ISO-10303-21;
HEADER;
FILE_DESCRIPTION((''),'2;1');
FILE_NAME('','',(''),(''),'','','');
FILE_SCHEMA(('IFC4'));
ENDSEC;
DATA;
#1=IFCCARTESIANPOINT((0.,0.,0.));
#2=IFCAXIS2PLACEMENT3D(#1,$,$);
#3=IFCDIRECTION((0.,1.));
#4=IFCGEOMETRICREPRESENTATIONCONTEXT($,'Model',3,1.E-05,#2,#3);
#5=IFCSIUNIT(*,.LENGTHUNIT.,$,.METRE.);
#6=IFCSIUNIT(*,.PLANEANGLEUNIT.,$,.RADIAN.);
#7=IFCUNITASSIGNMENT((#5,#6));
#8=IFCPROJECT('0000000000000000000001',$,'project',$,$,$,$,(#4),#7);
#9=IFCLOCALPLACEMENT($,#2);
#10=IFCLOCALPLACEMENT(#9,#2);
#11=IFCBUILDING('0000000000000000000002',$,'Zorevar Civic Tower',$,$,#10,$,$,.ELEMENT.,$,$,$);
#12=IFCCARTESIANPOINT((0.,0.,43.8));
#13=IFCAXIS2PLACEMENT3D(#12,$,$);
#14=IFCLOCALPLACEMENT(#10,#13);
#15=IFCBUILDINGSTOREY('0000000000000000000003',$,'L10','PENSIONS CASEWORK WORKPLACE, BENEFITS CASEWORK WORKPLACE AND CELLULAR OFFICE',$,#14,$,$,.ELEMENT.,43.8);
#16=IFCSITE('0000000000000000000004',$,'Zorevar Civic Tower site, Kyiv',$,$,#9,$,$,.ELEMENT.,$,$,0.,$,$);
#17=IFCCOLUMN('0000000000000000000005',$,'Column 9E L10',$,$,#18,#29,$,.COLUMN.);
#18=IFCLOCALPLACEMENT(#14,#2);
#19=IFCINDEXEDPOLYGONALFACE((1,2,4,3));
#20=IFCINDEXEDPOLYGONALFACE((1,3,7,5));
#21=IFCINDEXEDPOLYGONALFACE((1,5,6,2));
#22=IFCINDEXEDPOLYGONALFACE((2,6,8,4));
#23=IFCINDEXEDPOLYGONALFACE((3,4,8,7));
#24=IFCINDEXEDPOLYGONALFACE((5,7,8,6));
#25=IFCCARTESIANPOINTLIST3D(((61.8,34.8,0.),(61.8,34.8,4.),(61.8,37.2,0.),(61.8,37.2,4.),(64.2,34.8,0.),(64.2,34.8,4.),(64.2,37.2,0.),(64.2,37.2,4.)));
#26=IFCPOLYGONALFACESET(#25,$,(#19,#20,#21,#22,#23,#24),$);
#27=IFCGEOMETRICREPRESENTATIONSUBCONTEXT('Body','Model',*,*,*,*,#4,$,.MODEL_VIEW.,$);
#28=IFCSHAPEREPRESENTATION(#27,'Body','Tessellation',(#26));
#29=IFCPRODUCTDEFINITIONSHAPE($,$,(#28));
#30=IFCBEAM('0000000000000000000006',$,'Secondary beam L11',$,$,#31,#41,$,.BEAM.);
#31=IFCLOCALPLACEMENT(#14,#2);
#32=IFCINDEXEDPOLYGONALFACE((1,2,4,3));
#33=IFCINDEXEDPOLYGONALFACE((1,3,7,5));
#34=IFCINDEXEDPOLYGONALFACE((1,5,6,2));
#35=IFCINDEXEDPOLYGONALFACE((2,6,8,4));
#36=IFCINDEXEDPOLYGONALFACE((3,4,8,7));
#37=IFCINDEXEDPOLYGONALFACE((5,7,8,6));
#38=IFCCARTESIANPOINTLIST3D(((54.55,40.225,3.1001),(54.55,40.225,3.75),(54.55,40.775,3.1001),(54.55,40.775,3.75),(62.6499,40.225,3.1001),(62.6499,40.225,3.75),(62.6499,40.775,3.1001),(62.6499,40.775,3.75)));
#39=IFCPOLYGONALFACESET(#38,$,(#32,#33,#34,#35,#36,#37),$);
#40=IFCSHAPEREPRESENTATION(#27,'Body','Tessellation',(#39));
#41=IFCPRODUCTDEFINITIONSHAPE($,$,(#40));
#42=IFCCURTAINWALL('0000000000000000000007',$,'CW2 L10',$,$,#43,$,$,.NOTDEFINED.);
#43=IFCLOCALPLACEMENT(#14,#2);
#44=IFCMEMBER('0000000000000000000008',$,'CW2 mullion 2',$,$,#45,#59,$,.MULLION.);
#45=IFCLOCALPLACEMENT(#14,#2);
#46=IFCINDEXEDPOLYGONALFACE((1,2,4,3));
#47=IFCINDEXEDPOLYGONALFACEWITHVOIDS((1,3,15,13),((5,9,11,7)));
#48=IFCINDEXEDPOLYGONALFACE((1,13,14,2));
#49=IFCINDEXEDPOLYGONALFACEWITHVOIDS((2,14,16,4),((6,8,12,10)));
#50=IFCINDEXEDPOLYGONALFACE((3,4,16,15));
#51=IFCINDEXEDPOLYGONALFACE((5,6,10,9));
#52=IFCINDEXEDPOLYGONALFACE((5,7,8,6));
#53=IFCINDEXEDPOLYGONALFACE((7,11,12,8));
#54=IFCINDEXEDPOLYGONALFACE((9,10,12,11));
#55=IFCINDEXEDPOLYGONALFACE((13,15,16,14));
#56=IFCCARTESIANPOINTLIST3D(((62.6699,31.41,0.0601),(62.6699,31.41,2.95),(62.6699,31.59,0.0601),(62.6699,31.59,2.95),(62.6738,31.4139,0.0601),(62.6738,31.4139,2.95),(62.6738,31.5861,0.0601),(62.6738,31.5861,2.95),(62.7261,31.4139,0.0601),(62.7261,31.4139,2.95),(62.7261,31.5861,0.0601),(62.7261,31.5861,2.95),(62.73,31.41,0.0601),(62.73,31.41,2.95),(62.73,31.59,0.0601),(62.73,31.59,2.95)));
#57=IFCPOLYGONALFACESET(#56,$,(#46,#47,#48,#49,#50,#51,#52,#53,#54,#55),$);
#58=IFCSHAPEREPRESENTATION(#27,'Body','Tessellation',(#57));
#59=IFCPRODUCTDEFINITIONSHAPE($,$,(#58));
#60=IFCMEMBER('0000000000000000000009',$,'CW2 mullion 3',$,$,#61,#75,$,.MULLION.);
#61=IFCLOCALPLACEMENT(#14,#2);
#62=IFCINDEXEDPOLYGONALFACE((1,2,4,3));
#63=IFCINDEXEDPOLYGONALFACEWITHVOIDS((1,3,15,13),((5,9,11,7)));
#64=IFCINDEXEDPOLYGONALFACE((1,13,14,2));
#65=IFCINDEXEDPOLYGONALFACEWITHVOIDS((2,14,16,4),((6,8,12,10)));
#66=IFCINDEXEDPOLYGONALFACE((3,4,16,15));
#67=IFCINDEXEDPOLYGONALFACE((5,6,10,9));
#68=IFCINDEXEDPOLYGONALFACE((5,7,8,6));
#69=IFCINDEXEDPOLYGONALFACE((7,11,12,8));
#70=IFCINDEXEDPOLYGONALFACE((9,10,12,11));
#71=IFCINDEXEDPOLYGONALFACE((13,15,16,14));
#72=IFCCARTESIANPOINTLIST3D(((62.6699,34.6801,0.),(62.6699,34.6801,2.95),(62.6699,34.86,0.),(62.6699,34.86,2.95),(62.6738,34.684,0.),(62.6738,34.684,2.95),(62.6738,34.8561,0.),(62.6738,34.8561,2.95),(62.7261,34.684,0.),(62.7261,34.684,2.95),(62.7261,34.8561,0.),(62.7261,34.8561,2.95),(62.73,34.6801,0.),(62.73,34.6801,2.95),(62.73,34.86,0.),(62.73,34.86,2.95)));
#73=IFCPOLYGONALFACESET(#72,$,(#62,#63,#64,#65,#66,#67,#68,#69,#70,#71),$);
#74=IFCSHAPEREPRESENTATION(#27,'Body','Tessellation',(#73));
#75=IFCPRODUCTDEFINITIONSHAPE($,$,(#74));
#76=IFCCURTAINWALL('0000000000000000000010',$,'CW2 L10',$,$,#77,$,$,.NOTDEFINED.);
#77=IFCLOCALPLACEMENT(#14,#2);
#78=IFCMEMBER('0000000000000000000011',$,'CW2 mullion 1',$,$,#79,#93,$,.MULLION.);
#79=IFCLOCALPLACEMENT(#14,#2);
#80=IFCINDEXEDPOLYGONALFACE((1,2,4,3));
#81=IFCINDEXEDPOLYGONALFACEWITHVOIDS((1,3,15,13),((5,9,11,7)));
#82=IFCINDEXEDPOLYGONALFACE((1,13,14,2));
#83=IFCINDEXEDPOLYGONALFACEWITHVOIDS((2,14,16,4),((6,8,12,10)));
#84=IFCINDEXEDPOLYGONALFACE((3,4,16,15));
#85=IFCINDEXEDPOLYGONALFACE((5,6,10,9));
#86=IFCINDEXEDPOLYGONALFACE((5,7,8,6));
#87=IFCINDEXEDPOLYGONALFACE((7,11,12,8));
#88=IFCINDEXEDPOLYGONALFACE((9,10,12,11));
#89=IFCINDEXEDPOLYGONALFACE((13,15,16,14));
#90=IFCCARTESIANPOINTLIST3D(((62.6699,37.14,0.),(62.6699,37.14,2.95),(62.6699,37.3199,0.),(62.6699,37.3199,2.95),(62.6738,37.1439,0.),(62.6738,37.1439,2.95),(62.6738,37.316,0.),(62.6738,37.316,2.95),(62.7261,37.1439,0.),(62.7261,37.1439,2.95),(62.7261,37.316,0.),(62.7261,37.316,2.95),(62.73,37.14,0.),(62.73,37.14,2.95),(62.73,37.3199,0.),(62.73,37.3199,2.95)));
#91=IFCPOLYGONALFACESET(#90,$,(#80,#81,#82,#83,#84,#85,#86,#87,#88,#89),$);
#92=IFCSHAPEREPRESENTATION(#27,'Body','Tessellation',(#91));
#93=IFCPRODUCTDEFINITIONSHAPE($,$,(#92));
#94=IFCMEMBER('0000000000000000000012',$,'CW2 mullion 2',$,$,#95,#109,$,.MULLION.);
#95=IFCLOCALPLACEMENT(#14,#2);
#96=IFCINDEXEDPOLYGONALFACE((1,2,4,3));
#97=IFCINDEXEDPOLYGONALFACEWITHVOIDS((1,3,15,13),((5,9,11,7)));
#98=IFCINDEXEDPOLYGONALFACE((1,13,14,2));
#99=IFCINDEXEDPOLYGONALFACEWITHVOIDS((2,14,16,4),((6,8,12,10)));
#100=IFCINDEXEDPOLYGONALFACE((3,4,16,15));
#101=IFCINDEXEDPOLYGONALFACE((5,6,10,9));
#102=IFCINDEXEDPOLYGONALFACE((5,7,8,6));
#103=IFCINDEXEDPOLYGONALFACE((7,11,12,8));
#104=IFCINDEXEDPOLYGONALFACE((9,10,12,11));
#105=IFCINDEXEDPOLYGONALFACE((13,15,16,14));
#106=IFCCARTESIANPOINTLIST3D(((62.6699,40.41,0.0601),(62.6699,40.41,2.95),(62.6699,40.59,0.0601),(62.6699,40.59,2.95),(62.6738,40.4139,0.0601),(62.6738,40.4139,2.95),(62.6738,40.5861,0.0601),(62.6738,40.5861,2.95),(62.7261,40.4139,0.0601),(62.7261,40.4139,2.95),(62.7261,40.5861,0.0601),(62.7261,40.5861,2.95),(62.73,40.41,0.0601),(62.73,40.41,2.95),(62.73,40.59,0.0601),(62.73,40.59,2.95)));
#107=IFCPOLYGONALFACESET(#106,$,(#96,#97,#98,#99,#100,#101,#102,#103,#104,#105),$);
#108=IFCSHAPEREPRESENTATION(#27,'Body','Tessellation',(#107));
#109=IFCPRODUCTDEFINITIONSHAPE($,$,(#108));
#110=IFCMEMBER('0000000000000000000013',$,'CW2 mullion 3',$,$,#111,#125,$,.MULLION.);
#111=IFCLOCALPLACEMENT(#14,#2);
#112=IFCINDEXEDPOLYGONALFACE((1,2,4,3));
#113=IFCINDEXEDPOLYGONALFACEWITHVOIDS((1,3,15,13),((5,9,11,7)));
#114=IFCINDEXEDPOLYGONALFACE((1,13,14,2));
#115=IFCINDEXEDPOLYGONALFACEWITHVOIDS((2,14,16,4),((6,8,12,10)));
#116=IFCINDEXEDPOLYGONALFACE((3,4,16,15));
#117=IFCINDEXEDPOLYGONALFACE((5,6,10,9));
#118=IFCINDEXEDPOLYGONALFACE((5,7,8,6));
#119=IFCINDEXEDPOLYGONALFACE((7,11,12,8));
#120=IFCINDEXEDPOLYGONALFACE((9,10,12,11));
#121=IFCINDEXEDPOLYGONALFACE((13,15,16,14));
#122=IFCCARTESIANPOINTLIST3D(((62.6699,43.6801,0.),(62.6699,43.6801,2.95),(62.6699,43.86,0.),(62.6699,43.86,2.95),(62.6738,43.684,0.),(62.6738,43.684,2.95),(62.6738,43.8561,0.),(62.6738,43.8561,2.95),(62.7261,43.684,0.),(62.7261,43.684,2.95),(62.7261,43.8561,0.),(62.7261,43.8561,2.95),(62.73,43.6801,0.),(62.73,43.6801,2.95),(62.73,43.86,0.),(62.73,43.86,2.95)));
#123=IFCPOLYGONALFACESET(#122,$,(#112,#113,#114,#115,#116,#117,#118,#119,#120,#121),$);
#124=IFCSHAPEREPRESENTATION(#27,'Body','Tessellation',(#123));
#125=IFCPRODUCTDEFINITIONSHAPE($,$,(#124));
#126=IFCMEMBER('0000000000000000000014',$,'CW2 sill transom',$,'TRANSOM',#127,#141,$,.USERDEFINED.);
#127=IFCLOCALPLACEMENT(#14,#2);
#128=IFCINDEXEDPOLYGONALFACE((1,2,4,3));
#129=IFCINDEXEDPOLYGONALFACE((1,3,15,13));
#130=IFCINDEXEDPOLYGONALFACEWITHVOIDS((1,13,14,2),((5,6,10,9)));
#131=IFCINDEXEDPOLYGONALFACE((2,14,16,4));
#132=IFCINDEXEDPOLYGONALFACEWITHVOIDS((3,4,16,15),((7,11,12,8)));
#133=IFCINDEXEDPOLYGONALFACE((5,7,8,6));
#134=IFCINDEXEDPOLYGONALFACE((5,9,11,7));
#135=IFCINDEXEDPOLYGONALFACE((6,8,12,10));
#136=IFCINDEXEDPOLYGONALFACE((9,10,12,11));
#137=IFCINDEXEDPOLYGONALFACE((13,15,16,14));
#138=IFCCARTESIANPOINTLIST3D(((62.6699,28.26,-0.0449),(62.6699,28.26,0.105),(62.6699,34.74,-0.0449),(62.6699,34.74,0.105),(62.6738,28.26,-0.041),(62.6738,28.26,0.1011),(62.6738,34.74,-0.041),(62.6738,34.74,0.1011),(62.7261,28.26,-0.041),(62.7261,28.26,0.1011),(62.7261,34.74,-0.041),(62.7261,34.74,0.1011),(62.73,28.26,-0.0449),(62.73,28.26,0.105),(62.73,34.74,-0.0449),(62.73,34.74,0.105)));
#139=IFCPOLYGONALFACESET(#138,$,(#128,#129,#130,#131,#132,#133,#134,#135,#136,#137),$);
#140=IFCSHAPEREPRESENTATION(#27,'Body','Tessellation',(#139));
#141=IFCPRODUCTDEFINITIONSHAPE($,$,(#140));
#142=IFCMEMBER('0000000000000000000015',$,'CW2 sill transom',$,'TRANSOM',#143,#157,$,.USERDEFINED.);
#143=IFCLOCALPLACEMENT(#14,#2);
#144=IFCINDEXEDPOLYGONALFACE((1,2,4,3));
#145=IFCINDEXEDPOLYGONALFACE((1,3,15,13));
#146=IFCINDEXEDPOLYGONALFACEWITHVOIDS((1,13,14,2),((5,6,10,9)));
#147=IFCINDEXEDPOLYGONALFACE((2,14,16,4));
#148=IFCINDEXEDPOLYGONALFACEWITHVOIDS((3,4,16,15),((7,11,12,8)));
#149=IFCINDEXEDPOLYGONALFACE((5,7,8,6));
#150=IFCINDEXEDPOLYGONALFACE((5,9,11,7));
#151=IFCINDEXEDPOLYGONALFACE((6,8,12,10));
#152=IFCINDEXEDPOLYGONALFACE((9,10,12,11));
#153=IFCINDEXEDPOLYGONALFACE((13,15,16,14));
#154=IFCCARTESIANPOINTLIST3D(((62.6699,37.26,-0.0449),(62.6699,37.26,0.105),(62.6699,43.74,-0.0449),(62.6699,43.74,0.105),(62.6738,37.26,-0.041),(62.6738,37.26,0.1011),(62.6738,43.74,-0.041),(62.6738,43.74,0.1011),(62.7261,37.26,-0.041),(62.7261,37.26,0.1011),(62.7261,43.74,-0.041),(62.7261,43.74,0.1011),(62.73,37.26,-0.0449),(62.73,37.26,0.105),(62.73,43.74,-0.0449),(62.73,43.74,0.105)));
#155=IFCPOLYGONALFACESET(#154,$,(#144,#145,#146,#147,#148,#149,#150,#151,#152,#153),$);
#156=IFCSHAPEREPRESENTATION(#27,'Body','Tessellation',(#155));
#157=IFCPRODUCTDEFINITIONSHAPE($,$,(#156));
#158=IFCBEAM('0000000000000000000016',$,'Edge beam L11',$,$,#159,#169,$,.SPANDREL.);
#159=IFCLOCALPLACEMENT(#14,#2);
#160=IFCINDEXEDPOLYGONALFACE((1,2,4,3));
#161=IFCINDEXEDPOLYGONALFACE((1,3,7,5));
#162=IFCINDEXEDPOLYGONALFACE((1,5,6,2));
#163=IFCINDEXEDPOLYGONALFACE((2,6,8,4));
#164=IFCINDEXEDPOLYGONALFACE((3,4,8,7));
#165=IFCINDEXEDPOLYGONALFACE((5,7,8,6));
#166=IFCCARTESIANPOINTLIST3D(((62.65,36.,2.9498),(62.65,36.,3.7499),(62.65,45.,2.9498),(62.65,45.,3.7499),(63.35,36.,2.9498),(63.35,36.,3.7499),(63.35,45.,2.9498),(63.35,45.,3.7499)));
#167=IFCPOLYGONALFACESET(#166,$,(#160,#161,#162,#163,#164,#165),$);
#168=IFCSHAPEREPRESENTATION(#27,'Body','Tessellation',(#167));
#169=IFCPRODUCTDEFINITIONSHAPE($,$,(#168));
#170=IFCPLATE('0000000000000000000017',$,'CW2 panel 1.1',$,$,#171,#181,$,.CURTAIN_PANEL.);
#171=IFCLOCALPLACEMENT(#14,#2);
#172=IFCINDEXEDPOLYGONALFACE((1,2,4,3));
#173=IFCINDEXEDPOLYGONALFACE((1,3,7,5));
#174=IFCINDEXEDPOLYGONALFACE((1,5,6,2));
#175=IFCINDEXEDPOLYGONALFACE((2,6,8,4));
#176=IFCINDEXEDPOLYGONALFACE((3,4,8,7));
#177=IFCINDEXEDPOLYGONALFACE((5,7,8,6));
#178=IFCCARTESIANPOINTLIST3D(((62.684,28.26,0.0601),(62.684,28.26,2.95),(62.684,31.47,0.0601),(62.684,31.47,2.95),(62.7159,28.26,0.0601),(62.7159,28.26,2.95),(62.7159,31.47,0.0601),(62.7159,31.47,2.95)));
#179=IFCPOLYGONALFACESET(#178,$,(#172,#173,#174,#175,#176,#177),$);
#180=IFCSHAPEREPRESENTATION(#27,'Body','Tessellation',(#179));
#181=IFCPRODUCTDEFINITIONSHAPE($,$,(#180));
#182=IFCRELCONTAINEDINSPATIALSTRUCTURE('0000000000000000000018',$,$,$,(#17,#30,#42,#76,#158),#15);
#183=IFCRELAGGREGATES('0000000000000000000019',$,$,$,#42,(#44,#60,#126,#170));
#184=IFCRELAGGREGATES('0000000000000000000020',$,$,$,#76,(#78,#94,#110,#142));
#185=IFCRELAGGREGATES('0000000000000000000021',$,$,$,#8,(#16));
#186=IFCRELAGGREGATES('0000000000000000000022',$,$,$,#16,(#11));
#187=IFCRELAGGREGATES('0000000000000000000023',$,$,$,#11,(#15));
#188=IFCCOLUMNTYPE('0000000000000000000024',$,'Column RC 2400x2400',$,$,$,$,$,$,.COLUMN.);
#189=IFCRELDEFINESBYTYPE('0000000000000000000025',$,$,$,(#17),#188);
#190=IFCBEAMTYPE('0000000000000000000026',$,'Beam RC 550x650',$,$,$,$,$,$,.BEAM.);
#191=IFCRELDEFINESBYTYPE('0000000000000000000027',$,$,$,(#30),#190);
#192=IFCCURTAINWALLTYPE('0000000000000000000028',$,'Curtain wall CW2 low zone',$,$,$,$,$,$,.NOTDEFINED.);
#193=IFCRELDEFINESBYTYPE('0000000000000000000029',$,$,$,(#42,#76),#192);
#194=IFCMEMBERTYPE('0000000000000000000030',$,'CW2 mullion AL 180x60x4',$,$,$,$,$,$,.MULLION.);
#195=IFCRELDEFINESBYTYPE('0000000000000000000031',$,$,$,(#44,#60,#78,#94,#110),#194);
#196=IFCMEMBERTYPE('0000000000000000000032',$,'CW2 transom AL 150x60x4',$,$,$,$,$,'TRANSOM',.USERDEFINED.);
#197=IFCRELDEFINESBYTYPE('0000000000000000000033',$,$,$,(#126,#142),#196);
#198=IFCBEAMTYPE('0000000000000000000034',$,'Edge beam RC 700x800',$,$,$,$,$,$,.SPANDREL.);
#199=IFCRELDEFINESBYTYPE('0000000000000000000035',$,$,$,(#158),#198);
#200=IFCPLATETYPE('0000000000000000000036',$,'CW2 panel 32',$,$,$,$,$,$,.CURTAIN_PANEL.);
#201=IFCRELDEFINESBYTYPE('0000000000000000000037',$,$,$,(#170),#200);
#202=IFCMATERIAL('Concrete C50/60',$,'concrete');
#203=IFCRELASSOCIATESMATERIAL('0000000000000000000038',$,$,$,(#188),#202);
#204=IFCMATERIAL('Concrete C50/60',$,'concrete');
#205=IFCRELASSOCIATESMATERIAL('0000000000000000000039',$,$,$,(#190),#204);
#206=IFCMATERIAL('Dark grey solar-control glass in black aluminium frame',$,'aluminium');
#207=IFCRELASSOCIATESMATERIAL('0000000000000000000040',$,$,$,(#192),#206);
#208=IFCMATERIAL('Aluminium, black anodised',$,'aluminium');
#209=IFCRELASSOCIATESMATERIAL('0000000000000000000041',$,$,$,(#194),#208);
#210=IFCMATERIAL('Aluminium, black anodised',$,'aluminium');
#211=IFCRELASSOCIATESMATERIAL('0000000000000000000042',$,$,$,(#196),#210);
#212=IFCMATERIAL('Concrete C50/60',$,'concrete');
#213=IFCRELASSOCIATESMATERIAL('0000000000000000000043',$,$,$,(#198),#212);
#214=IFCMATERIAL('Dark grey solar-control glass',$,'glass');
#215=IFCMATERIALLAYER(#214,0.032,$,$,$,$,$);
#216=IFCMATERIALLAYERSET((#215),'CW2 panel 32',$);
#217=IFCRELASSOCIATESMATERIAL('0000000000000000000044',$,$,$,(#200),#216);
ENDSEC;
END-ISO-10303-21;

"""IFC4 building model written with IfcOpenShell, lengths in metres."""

from ifc_helpers import new_model, si_unit, direction, frame, origin, origin_2d, place, context, subcontext, project, spatial, rectangle, hollow_rectangle, extrude, material, layer, layer_set, material_profile, profile_set, type_object, element, aggregate, save


model = new_model("IFC4")

# Units and contexts
model_context = context("Model", 3, precision=1e-05, world=origin(), true_north=direction((0.0, 1.0)))
body_context = subcontext(model_context, "Body", "Model", "MODEL_VIEW")
ifc_project = project(units=[si_unit("LENGTHUNIT", "METRE"), si_unit("PLANEANGLEUNIT", "RADIAN")], contexts=[model_context])

# Site, building, storey
site_placement = place(None, origin())
site = spatial("IfcSite", under=ifc_project, at=site_placement, Name="Zorevar Civic Tower site, Kyiv", CompositionType="ELEMENT", RefElevation=0.0)
building_placement = place(site_placement, origin())
building = spatial("IfcBuilding", under=site, at=building_placement, Name="Zorevar Civic Tower", CompositionType="ELEMENT")
storey_placement = place(building_placement, frame((0.0, 0.0, 43.8)))
storey = spatial("IfcBuildingStorey", under=building, at=storey_placement, Name="L10", Description="PENSIONS CASEWORK WORKPLACE, BENEFITS CASEWORK WORKPLACE AND CELLULAR OFFICE", CompositionType="ELEMENT", Elevation=43.8)

# Column
ifc_material_1 = material(Name="Concrete C50/60", Category="concrete")
ifc_material_profile_1 = material_profile(ifc_material_1, rectangle(XDim=2.3999, YDim=2.3999, at=origin_2d()), Name="RC 2400x2400")
ifc_profile_set_1 = profile_set([ifc_material_profile_1], Name="Concrete C50/60")
column_type = type_object("IfcColumnType", Name="Column RC 2400x2400", PredefinedType="COLUMN", material=ifc_profile_set_1)
column_placement = place(storey_placement, frame((63.0, 36.0, 0.0), z_axis=(0.0, 0.0, 1.0), x_axis=(1.0, 0.0, 0.0)))
element("IfcColumn", 1, at=column_placement, inside=storey, type_object=column_type, Name="Column 9E L10", PredefinedType="COLUMN", context=body_context, shape_type="SweptSolid", body=[
    extrude(rectangle(XDim=2.3999, YDim=2.3999, at=origin_2d()), origin(), (0.0, 0.0, 1.0), 4.0),
])

# Beam
ifc_material_2 = material(Name="Concrete C50/60", Category="concrete")
ifc_material_profile_2 = material_profile(ifc_material_2, rectangle(XDim=0.55, YDim=0.6499, at=origin_2d()), Name="RC 550x650")
ifc_profile_set_2 = profile_set([ifc_material_profile_2], Name="Concrete C50/60")
beam_type_1 = type_object("IfcBeamType", Name="Beam RC 550x650", PredefinedType="BEAM", material=ifc_profile_set_2)
beam_1_placement = place(storey_placement, frame((54.55, 40.5, 3.425), z_axis=(1.0, 0.0, 0.0), x_axis=(0.0, 1.0, 0.0)))
element("IfcBeam", 2, at=beam_1_placement, inside=storey, type_object=beam_type_1, Name="Secondary beam L11", PredefinedType="BEAM", context=body_context, shape_type="SweptSolid", body=[
    extrude(rectangle(XDim=0.55, YDim=0.6499, at=origin_2d()), origin(), (0.0, 0.0, 1.0), 8.0999),
])

# Curtain walls, members
ifc_material_3 = material(Name="Dark grey solar-control glass in black aluminium frame", Category="aluminium")
curtain_wall_type = type_object("IfcCurtainWallType", Name="Curtain wall CW2 low zone", PredefinedType="NOTDEFINED", material=ifc_material_3)
curtain_wall_1_placement = place(storey_placement, origin())
curtain_wall_1 = element("IfcCurtainWall", 3, at=curtain_wall_1_placement, inside=storey, type_object=curtain_wall_type, Name="CW2 L10", PredefinedType="NOTDEFINED")
ifc_material_4 = material(Name="Aluminium, black anodised", Category="aluminium")
ifc_material_profile_3 = material_profile(ifc_material_4, hollow_rectangle(XDim=0.0601, YDim=0.1799, WallThickness=0.0039, at=origin_2d()), Name="AL 180x60x4")
ifc_profile_set_3 = profile_set([ifc_material_profile_3], Name="Aluminium, black anodised")
member_type_1 = type_object("IfcMemberType", Name="CW2 mullion AL 180x60x4", PredefinedType="MULLION", material=ifc_profile_set_3)
member_1_placement = place(storey_placement, frame((62.7, 31.5, 0.0601), z_axis=(0.0, 0.0, 1.0), x_axis=(-1.0, 0.0, 0.0)))
member_1 = element("IfcMember", 4, at=member_1_placement, type_object=member_type_1, Name="CW2 mullion 2", PredefinedType="MULLION", context=body_context, shape_type="SweptSolid", body=[
    extrude(hollow_rectangle(XDim=0.0601, YDim=0.1799, WallThickness=0.0039, at=origin_2d()), origin(), (0.0, 0.0, 1.0), 2.8899),
])
member_2_placement = place(storey_placement, frame((62.7, 34.77, 0.0), z_axis=(0.0, 0.0, 1.0), x_axis=(-1.0, 0.0, 0.0)))
member_2 = element("IfcMember", 5, at=member_2_placement, type_object=member_type_1, Name="CW2 mullion 3", PredefinedType="MULLION", context=body_context, shape_type="SweptSolid", body=[
    extrude(hollow_rectangle(XDim=0.0601, YDim=0.1799, WallThickness=0.0039, at=origin_2d()), origin(), (0.0, 0.0, 1.0), 2.95),
])
curtain_wall_2_placement = place(storey_placement, origin())
curtain_wall_2 = element("IfcCurtainWall", 6, at=curtain_wall_2_placement, inside=storey, type_object=curtain_wall_type, Name="CW2 L10", PredefinedType="NOTDEFINED")
member_3_placement = place(storey_placement, frame((62.7, 37.23, 0.0), z_axis=(0.0, 0.0, 1.0), x_axis=(-1.0, 0.0, 0.0)))
member_3 = element("IfcMember", 7, at=member_3_placement, type_object=member_type_1, Name="CW2 mullion 1", PredefinedType="MULLION", context=body_context, shape_type="SweptSolid", body=[
    extrude(hollow_rectangle(XDim=0.0601, YDim=0.1799, WallThickness=0.0039, at=origin_2d()), origin(), (0.0, 0.0, 1.0), 2.95),
])
member_4_placement = place(storey_placement, frame((62.7, 40.5, 0.0601), z_axis=(0.0, 0.0, 1.0), x_axis=(-1.0, 0.0, 0.0)))
member_4 = element("IfcMember", 8, at=member_4_placement, type_object=member_type_1, Name="CW2 mullion 2", PredefinedType="MULLION", context=body_context, shape_type="SweptSolid", body=[
    extrude(hollow_rectangle(XDim=0.0601, YDim=0.1799, WallThickness=0.0039, at=origin_2d()), origin(), (0.0, 0.0, 1.0), 2.8899),
])
member_5_placement = place(storey_placement, frame((62.7, 43.77, 0.0), z_axis=(0.0, 0.0, 1.0), x_axis=(-1.0, 0.0, 0.0)))
member_5 = element("IfcMember", 9, at=member_5_placement, type_object=member_type_1, Name="CW2 mullion 3", PredefinedType="MULLION", context=body_context, shape_type="SweptSolid", body=[
    extrude(hollow_rectangle(XDim=0.0601, YDim=0.1799, WallThickness=0.0039, at=origin_2d()), origin(), (0.0, 0.0, 1.0), 2.95),
])

# Members
ifc_material_5 = material(Name="Aluminium, black anodised", Category="aluminium")
ifc_material_profile_4 = material_profile(ifc_material_5, hollow_rectangle(XDim=0.0601, YDim=0.1499, WallThickness=0.0039, at=origin_2d()), Name="AL 150x60x4")
ifc_profile_set_4 = profile_set([ifc_material_profile_4], Name="Aluminium, black anodised")
member_type_2 = type_object("IfcMemberType", Name="CW2 transom AL 150x60x4", ElementType="TRANSOM", PredefinedType="USERDEFINED", material=ifc_profile_set_4)
member_6_placement = place(storey_placement, frame((62.7, 28.26, 0.03), z_axis=(0.0, 1.0, 0.0), x_axis=(-1.0, 0.0, 0.0)))
member_6 = element("IfcMember", 10, at=member_6_placement, type_object=member_type_2, Name="CW2 sill transom", ObjectType="TRANSOM", PredefinedType="USERDEFINED", context=body_context, shape_type="SweptSolid", body=[
    extrude(hollow_rectangle(XDim=0.0601, YDim=0.1499, WallThickness=0.0039, at=origin_2d()), origin(), (0.0, 0.0, 1.0), 6.48),
])
member_7_placement = place(storey_placement, frame((62.7, 37.26, 0.03), z_axis=(0.0, 1.0, 0.0), x_axis=(-1.0, 0.0, 0.0)))
member_7 = element("IfcMember", 11, at=member_7_placement, type_object=member_type_2, Name="CW2 sill transom", ObjectType="TRANSOM", PredefinedType="USERDEFINED", context=body_context, shape_type="SweptSolid", body=[
    extrude(hollow_rectangle(XDim=0.0601, YDim=0.1499, WallThickness=0.0039, at=origin_2d()), origin(), (0.0, 0.0, 1.0), 6.48),
])

# Beam
ifc_material_6 = material(Name="Concrete C50/60", Category="concrete")
ifc_material_profile_5 = material_profile(ifc_material_6, rectangle(XDim=0.7, YDim=0.8, at=origin_2d()), Name="RC 700x800")
ifc_profile_set_5 = profile_set([ifc_material_profile_5], Name="Concrete C50/60")
beam_type_2 = type_object("IfcBeamType", Name="Edge beam RC 700x800", PredefinedType="SPANDREL", material=ifc_profile_set_5)
beam_2_placement = place(storey_placement, frame((63.0, 36.0, 3.3499), z_axis=(0.0, 1.0, 0.0), x_axis=(-1.0, 0.0, 0.0)))
element("IfcBeam", 12, at=beam_2_placement, inside=storey, type_object=beam_type_2, Name="Edge beam L11", PredefinedType="SPANDREL", context=body_context, shape_type="SweptSolid", body=[
    extrude(rectangle(XDim=0.7, YDim=0.8, at=origin_2d()), origin(), (0.0, 0.0, 1.0), 9.0),
])

# Plate
ifc_material_7 = material(Name="Dark grey solar-control glass", Category="glass")
ifc_layer_1 = layer(ifc_material_7, 0.032)
ifc_layer_set_1 = layer_set([ifc_layer_1], Name="CW2 panel 32")
plate_type = type_object("IfcPlateType", Name="CW2 panel 32", PredefinedType="CURTAIN_PANEL", material=ifc_layer_set_1)
plate_1_placement = place(storey_placement, frame((62.7, 29.865, 0.0601), z_axis=(0.0, 0.0, 1.0), x_axis=(0.0, 1.0, 0.0)))
plate_1 = element("IfcPlate", 13, at=plate_1_placement, type_object=plate_type, Name="CW2 panel 1.1", PredefinedType="CURTAIN_PANEL", context=body_context, shape_type="SweptSolid", body=[
    extrude(rectangle(XDim=3.21, YDim=0.032, at=origin_2d()), origin(), (0.0, 0.0, 1.0), 2.8899),
])
aggregate(curtain_wall_1, [member_1, member_2, member_6, plate_1])
aggregate(curtain_wall_2, [member_3, member_4, member_5, member_7])

save(model, "model.ifc")
